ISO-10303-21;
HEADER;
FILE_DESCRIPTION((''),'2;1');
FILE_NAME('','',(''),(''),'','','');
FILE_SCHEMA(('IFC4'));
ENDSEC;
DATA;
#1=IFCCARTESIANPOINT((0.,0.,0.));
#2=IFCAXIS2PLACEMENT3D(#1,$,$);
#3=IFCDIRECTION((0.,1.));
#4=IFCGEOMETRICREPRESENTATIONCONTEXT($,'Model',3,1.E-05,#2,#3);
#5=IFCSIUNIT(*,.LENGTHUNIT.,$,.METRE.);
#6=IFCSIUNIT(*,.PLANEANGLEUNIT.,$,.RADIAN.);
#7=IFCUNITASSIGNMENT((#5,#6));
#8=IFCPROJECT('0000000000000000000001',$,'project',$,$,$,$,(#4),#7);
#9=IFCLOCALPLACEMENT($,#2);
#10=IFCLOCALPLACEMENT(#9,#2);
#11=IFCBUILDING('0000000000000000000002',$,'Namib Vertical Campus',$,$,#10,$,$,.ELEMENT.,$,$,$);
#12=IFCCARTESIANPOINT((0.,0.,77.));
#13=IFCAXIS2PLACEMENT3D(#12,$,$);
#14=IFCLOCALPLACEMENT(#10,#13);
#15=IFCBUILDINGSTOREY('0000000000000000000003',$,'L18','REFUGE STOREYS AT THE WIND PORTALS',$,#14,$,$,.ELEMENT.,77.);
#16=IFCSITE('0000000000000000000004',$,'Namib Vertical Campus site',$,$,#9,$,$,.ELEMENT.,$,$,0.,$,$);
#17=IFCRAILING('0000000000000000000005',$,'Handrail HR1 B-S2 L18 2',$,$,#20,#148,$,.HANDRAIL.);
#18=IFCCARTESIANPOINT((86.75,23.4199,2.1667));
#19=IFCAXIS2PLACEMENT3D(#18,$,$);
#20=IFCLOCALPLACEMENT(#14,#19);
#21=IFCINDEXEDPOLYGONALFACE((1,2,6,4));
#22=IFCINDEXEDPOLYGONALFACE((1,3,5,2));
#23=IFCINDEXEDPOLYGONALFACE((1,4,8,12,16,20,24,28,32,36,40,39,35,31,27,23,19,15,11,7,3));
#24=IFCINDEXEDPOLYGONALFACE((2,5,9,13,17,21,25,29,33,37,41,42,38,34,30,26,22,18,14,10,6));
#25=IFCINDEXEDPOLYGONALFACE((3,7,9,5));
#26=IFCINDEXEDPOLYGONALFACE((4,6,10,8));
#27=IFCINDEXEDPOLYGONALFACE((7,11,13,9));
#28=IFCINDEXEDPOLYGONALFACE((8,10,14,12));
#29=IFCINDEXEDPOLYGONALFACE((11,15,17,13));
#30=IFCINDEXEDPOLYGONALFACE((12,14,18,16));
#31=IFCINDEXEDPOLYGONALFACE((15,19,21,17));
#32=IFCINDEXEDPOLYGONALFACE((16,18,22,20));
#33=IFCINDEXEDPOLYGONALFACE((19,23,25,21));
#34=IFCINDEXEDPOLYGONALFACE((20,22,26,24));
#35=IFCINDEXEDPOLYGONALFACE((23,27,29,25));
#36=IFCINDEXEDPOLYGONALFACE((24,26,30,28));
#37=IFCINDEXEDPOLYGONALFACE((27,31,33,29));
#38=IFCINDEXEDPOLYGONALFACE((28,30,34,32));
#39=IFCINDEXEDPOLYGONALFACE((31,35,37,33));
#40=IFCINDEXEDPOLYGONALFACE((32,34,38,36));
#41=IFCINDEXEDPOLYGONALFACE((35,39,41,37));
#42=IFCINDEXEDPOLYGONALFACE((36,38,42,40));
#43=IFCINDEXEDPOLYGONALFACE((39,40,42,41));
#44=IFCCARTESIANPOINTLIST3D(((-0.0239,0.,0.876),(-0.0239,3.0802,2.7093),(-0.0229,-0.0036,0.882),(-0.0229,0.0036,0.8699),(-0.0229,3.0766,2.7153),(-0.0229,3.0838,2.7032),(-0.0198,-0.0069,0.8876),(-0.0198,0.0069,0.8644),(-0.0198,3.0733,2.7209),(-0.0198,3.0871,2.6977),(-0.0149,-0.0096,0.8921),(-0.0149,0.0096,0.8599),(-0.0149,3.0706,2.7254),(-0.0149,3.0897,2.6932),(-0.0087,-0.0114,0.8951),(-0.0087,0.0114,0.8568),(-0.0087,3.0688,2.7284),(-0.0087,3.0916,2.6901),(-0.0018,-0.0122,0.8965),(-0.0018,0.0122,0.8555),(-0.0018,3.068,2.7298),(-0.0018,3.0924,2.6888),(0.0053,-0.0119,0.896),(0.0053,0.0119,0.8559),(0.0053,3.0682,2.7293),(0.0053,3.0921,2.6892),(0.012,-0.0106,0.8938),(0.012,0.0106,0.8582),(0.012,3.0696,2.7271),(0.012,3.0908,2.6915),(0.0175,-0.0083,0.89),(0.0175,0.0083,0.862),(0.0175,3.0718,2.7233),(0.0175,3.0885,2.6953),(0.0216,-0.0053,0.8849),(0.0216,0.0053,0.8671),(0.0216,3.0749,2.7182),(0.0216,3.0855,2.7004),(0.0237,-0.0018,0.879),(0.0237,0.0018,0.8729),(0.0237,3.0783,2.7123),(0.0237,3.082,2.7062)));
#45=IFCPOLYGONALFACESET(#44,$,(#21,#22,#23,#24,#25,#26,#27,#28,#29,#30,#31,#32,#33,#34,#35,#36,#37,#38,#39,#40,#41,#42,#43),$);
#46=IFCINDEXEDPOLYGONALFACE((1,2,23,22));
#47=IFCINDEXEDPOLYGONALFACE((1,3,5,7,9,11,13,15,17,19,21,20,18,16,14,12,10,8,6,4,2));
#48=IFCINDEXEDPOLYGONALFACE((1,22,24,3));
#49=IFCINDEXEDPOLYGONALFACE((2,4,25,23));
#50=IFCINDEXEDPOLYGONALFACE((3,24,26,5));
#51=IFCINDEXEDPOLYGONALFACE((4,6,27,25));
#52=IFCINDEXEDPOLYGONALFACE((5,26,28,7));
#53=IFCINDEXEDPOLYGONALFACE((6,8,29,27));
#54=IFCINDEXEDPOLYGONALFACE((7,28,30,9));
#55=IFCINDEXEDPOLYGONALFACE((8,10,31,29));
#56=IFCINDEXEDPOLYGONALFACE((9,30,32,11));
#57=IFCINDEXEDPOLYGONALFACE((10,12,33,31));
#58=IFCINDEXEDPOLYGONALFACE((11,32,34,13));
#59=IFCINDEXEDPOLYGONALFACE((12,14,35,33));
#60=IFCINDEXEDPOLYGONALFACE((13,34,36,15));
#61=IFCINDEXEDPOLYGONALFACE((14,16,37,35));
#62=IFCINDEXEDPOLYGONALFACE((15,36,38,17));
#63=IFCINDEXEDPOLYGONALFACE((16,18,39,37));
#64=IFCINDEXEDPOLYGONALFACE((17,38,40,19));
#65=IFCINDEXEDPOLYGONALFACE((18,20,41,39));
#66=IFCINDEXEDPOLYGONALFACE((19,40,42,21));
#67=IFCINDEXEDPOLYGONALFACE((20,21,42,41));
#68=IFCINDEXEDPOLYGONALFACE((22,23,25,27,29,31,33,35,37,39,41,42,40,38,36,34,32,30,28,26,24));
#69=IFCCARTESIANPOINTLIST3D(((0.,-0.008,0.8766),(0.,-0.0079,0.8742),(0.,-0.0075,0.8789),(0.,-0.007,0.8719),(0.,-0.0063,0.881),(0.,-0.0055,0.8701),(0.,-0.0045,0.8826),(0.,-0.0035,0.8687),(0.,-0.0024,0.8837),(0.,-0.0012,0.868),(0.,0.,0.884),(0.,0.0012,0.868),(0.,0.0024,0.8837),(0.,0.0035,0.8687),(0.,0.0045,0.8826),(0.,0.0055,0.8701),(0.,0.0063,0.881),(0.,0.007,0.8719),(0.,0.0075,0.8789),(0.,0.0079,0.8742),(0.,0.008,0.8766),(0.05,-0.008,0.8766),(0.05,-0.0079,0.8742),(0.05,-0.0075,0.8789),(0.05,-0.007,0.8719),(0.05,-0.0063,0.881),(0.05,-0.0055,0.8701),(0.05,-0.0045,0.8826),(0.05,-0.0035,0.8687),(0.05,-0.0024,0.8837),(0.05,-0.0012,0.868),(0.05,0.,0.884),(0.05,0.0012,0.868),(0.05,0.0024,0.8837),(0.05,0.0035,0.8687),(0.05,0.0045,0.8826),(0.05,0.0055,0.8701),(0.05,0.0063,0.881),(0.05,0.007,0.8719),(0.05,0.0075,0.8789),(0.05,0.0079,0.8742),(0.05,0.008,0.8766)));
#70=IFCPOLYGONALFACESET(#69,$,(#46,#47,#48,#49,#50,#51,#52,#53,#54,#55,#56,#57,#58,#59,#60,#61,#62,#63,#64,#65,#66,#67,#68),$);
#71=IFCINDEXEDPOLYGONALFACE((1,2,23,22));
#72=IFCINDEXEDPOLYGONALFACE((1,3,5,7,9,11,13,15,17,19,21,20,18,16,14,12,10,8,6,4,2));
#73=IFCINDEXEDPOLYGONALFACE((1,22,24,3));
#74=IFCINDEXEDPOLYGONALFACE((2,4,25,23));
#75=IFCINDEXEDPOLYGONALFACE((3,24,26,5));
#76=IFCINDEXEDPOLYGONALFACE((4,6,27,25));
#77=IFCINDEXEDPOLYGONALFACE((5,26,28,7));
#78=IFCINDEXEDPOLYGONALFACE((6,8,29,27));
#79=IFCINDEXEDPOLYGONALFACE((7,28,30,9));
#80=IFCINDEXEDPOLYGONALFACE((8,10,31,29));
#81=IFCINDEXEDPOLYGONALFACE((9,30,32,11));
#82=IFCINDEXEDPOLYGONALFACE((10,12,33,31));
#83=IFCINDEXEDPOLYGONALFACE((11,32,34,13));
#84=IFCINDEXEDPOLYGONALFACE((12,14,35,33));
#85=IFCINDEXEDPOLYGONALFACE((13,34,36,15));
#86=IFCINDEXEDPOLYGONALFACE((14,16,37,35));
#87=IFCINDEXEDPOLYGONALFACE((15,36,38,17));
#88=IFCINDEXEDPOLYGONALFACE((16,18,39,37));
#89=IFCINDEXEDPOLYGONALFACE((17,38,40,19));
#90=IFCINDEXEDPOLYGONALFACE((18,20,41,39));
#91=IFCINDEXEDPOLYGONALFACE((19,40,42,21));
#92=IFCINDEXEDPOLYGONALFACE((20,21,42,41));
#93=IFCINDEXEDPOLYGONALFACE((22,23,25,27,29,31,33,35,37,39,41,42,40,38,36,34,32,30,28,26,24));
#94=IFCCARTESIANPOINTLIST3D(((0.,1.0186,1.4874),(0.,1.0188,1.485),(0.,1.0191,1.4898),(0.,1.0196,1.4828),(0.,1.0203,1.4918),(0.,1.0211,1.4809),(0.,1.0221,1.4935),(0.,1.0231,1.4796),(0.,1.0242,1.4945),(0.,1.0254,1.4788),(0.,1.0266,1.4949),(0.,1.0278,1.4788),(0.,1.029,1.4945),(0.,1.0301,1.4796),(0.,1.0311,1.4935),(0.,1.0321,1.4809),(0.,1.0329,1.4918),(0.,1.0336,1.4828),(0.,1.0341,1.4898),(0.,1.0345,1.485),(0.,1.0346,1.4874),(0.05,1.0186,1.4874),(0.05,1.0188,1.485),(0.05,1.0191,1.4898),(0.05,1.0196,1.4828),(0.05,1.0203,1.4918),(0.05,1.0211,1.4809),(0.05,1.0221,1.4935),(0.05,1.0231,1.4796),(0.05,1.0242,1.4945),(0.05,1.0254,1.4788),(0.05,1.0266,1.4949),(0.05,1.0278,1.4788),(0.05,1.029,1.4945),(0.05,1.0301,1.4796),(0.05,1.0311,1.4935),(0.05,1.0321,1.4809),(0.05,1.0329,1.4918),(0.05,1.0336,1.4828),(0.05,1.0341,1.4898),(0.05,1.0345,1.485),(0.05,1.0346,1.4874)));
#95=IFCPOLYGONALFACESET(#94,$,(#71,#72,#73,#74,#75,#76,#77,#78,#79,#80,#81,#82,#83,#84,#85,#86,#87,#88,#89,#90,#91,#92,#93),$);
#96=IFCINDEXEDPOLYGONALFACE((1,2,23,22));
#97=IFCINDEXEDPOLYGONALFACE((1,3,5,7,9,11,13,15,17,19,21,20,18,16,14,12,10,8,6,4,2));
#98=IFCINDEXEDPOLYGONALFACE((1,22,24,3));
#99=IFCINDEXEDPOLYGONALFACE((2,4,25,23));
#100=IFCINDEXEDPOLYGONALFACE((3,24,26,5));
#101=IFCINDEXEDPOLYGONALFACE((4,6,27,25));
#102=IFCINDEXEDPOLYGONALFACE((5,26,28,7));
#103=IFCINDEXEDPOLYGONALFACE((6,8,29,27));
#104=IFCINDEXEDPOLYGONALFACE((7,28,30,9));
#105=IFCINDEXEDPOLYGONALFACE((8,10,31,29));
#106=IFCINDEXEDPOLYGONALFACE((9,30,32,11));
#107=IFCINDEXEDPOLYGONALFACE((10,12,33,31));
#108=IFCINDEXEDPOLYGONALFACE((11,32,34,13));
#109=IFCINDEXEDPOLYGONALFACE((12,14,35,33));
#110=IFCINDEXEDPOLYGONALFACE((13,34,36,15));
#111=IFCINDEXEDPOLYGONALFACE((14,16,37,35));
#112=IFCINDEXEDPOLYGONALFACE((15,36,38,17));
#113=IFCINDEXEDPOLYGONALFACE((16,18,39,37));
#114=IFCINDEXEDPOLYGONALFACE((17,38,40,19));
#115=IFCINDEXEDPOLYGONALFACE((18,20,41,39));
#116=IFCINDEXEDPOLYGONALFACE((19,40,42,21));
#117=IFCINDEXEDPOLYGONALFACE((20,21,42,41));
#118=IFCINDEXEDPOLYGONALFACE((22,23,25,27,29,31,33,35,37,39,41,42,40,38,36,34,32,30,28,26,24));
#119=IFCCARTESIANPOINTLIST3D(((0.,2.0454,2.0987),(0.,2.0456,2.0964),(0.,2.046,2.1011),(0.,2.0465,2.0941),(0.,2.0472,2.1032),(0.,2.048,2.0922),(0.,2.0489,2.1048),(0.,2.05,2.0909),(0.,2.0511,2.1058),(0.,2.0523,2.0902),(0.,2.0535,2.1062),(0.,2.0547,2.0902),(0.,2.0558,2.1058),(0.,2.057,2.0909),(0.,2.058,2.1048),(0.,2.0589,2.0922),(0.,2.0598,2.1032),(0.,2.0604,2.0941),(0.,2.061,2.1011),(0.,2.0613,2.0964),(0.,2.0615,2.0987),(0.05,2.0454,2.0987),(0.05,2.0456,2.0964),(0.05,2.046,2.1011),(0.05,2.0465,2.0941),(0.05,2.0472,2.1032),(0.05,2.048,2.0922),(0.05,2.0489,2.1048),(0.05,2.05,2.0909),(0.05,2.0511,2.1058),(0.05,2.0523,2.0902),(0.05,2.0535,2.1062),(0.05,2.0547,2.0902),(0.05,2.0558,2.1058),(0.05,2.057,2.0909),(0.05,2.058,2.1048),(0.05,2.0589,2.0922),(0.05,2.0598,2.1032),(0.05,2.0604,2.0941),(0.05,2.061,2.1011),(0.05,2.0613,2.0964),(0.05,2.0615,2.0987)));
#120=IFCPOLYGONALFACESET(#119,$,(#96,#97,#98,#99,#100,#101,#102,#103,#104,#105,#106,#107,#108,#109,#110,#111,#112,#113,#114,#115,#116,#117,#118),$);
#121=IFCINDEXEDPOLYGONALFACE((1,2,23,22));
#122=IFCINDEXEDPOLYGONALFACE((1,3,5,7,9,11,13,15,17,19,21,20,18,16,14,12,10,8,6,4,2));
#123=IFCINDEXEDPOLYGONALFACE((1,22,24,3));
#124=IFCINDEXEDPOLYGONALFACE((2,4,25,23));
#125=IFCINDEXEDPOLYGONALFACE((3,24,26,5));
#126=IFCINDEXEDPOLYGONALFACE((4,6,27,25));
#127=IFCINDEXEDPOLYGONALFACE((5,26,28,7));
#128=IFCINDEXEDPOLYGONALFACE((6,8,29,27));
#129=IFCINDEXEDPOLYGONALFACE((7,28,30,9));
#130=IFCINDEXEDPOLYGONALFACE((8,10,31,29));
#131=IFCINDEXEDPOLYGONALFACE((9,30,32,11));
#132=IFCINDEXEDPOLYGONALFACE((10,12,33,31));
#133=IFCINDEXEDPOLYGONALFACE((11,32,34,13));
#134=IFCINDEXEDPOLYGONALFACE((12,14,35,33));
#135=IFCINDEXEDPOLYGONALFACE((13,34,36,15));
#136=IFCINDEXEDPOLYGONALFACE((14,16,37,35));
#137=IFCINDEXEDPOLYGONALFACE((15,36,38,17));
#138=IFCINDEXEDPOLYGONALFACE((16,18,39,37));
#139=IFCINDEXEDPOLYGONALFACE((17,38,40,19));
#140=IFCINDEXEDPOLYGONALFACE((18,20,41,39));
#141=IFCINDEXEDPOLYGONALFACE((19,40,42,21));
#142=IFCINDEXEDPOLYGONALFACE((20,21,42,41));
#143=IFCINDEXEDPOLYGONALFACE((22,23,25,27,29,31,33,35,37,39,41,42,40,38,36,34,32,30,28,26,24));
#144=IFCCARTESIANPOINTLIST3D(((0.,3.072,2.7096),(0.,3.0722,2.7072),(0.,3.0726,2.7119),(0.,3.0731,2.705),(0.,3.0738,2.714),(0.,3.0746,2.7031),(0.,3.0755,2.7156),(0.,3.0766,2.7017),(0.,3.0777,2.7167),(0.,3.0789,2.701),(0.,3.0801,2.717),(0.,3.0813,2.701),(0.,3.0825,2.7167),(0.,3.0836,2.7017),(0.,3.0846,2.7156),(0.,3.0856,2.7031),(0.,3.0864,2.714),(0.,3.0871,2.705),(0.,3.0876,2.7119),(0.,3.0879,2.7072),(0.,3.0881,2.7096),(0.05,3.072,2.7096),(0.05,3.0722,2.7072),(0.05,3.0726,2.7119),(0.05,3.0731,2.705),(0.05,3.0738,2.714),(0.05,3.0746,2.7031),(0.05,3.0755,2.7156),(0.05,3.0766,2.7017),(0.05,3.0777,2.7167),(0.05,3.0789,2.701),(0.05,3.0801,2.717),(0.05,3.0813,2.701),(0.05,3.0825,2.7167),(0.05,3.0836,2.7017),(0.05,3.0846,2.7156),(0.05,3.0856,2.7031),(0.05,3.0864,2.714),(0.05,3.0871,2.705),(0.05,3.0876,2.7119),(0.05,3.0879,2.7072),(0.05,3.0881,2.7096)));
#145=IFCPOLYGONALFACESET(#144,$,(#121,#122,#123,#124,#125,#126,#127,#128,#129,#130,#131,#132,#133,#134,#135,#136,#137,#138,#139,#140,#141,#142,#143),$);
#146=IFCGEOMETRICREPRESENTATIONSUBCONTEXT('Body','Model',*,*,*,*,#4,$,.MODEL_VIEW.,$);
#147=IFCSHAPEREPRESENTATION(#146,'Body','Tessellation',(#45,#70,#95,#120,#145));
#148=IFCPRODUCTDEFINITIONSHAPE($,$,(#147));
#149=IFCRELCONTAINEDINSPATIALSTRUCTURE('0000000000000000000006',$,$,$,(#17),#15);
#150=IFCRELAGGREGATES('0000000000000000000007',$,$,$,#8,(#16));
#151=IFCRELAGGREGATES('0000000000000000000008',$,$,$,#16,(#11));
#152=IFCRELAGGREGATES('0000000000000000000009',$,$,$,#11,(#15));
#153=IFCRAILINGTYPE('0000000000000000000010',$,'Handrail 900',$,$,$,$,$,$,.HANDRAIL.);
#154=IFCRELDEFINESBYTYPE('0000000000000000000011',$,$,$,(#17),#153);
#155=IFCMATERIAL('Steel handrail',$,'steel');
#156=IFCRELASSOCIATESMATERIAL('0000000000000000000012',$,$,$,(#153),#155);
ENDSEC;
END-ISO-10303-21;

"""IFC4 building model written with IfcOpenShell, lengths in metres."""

from ifc_helpers import new_model, si_unit, direction, frame, origin, origin_2d, place, context, subcontext, project, spatial, circle, extrude, material, type_object, element, save


model = new_model("IFC4")

# Units and contexts
model_context = context("Model", 3, precision=1e-05, world=origin(), true_north=direction((0.0, 1.0)))
body_context = subcontext(model_context, "Body", "Model", "MODEL_VIEW")
ifc_project = project(units=[si_unit("LENGTHUNIT", "METRE"), si_unit("PLANEANGLEUNIT", "RADIAN")], contexts=[model_context])

# Site, building, storey
site_placement = place(None, origin())
site = spatial("IfcSite", under=ifc_project, at=site_placement, Name="Namib Vertical Campus site", CompositionType="ELEMENT", RefElevation=0.0)
building_placement = place(site_placement, origin())
building = spatial("IfcBuilding", under=site, at=building_placement, Name="Namib Vertical Campus", CompositionType="ELEMENT")
storey_placement = place(building_placement, frame((0.0, 0.0, 77.0)))
storey = spatial("IfcBuildingStorey", under=building, at=storey_placement, Name="L18", Description="REFUGE STOREYS AT THE WIND PORTALS", CompositionType="ELEMENT", Elevation=77.0)

# Railing
ifc_material_1 = material(Name="Steel handrail", Category="steel")
railing_type = type_object("IfcRailingType", Name="Handrail 900", PredefinedType="HANDRAIL", material=ifc_material_1)
railing_1_placement = place(storey_placement, frame((86.75, 23.4199, 2.1667)))
element("IfcRailing", 1, at=railing_1_placement, inside=storey, type_object=railing_type, Name="Handrail HR1 B-S2 L18 2", PredefinedType="HANDRAIL", context=body_context, shape_type="SweptSolid", body=[
    extrude(circle(Radius=0.0239, at=origin_2d()), frame((0.0, 0.0, 0.876), z_axis=(0.0, 0.859309, 0.511458), x_axis=(-1.0, 0.0, 0.0)), (0.0, 0.0, 1.0), 3.5845),
    extrude(circle(Radius=0.0081, at=origin_2d()), frame((0.0, 0.0, 0.876), z_axis=(1.0, 0.0, 0.0), x_axis=(0.0, 0.0, 1.0)), (0.0, 0.0, 1.0), 0.05),
    extrude(circle(Radius=0.0081, at=origin_2d()), frame((0.0, 1.0266, 1.4868), z_axis=(1.0, 0.0, 0.0), x_axis=(0.0, 0.0, 1.0)), (0.0, 0.0, 1.0), 0.05),
    extrude(circle(Radius=0.0081, at=origin_2d()), frame((0.0, 2.0535, 2.0981), z_axis=(1.0, 0.0, 0.0), x_axis=(0.0, 0.0, 1.0)), (0.0, 0.0, 1.0), 0.05),
    extrude(circle(Radius=0.0081, at=origin_2d()), frame((0.0, 3.0801, 2.709), z_axis=(1.0, 0.0, 0.0), x_axis=(0.0, 0.0, 1.0)), (0.0, 0.0, 1.0), 0.05),
])

save(model, "model.ifc")
